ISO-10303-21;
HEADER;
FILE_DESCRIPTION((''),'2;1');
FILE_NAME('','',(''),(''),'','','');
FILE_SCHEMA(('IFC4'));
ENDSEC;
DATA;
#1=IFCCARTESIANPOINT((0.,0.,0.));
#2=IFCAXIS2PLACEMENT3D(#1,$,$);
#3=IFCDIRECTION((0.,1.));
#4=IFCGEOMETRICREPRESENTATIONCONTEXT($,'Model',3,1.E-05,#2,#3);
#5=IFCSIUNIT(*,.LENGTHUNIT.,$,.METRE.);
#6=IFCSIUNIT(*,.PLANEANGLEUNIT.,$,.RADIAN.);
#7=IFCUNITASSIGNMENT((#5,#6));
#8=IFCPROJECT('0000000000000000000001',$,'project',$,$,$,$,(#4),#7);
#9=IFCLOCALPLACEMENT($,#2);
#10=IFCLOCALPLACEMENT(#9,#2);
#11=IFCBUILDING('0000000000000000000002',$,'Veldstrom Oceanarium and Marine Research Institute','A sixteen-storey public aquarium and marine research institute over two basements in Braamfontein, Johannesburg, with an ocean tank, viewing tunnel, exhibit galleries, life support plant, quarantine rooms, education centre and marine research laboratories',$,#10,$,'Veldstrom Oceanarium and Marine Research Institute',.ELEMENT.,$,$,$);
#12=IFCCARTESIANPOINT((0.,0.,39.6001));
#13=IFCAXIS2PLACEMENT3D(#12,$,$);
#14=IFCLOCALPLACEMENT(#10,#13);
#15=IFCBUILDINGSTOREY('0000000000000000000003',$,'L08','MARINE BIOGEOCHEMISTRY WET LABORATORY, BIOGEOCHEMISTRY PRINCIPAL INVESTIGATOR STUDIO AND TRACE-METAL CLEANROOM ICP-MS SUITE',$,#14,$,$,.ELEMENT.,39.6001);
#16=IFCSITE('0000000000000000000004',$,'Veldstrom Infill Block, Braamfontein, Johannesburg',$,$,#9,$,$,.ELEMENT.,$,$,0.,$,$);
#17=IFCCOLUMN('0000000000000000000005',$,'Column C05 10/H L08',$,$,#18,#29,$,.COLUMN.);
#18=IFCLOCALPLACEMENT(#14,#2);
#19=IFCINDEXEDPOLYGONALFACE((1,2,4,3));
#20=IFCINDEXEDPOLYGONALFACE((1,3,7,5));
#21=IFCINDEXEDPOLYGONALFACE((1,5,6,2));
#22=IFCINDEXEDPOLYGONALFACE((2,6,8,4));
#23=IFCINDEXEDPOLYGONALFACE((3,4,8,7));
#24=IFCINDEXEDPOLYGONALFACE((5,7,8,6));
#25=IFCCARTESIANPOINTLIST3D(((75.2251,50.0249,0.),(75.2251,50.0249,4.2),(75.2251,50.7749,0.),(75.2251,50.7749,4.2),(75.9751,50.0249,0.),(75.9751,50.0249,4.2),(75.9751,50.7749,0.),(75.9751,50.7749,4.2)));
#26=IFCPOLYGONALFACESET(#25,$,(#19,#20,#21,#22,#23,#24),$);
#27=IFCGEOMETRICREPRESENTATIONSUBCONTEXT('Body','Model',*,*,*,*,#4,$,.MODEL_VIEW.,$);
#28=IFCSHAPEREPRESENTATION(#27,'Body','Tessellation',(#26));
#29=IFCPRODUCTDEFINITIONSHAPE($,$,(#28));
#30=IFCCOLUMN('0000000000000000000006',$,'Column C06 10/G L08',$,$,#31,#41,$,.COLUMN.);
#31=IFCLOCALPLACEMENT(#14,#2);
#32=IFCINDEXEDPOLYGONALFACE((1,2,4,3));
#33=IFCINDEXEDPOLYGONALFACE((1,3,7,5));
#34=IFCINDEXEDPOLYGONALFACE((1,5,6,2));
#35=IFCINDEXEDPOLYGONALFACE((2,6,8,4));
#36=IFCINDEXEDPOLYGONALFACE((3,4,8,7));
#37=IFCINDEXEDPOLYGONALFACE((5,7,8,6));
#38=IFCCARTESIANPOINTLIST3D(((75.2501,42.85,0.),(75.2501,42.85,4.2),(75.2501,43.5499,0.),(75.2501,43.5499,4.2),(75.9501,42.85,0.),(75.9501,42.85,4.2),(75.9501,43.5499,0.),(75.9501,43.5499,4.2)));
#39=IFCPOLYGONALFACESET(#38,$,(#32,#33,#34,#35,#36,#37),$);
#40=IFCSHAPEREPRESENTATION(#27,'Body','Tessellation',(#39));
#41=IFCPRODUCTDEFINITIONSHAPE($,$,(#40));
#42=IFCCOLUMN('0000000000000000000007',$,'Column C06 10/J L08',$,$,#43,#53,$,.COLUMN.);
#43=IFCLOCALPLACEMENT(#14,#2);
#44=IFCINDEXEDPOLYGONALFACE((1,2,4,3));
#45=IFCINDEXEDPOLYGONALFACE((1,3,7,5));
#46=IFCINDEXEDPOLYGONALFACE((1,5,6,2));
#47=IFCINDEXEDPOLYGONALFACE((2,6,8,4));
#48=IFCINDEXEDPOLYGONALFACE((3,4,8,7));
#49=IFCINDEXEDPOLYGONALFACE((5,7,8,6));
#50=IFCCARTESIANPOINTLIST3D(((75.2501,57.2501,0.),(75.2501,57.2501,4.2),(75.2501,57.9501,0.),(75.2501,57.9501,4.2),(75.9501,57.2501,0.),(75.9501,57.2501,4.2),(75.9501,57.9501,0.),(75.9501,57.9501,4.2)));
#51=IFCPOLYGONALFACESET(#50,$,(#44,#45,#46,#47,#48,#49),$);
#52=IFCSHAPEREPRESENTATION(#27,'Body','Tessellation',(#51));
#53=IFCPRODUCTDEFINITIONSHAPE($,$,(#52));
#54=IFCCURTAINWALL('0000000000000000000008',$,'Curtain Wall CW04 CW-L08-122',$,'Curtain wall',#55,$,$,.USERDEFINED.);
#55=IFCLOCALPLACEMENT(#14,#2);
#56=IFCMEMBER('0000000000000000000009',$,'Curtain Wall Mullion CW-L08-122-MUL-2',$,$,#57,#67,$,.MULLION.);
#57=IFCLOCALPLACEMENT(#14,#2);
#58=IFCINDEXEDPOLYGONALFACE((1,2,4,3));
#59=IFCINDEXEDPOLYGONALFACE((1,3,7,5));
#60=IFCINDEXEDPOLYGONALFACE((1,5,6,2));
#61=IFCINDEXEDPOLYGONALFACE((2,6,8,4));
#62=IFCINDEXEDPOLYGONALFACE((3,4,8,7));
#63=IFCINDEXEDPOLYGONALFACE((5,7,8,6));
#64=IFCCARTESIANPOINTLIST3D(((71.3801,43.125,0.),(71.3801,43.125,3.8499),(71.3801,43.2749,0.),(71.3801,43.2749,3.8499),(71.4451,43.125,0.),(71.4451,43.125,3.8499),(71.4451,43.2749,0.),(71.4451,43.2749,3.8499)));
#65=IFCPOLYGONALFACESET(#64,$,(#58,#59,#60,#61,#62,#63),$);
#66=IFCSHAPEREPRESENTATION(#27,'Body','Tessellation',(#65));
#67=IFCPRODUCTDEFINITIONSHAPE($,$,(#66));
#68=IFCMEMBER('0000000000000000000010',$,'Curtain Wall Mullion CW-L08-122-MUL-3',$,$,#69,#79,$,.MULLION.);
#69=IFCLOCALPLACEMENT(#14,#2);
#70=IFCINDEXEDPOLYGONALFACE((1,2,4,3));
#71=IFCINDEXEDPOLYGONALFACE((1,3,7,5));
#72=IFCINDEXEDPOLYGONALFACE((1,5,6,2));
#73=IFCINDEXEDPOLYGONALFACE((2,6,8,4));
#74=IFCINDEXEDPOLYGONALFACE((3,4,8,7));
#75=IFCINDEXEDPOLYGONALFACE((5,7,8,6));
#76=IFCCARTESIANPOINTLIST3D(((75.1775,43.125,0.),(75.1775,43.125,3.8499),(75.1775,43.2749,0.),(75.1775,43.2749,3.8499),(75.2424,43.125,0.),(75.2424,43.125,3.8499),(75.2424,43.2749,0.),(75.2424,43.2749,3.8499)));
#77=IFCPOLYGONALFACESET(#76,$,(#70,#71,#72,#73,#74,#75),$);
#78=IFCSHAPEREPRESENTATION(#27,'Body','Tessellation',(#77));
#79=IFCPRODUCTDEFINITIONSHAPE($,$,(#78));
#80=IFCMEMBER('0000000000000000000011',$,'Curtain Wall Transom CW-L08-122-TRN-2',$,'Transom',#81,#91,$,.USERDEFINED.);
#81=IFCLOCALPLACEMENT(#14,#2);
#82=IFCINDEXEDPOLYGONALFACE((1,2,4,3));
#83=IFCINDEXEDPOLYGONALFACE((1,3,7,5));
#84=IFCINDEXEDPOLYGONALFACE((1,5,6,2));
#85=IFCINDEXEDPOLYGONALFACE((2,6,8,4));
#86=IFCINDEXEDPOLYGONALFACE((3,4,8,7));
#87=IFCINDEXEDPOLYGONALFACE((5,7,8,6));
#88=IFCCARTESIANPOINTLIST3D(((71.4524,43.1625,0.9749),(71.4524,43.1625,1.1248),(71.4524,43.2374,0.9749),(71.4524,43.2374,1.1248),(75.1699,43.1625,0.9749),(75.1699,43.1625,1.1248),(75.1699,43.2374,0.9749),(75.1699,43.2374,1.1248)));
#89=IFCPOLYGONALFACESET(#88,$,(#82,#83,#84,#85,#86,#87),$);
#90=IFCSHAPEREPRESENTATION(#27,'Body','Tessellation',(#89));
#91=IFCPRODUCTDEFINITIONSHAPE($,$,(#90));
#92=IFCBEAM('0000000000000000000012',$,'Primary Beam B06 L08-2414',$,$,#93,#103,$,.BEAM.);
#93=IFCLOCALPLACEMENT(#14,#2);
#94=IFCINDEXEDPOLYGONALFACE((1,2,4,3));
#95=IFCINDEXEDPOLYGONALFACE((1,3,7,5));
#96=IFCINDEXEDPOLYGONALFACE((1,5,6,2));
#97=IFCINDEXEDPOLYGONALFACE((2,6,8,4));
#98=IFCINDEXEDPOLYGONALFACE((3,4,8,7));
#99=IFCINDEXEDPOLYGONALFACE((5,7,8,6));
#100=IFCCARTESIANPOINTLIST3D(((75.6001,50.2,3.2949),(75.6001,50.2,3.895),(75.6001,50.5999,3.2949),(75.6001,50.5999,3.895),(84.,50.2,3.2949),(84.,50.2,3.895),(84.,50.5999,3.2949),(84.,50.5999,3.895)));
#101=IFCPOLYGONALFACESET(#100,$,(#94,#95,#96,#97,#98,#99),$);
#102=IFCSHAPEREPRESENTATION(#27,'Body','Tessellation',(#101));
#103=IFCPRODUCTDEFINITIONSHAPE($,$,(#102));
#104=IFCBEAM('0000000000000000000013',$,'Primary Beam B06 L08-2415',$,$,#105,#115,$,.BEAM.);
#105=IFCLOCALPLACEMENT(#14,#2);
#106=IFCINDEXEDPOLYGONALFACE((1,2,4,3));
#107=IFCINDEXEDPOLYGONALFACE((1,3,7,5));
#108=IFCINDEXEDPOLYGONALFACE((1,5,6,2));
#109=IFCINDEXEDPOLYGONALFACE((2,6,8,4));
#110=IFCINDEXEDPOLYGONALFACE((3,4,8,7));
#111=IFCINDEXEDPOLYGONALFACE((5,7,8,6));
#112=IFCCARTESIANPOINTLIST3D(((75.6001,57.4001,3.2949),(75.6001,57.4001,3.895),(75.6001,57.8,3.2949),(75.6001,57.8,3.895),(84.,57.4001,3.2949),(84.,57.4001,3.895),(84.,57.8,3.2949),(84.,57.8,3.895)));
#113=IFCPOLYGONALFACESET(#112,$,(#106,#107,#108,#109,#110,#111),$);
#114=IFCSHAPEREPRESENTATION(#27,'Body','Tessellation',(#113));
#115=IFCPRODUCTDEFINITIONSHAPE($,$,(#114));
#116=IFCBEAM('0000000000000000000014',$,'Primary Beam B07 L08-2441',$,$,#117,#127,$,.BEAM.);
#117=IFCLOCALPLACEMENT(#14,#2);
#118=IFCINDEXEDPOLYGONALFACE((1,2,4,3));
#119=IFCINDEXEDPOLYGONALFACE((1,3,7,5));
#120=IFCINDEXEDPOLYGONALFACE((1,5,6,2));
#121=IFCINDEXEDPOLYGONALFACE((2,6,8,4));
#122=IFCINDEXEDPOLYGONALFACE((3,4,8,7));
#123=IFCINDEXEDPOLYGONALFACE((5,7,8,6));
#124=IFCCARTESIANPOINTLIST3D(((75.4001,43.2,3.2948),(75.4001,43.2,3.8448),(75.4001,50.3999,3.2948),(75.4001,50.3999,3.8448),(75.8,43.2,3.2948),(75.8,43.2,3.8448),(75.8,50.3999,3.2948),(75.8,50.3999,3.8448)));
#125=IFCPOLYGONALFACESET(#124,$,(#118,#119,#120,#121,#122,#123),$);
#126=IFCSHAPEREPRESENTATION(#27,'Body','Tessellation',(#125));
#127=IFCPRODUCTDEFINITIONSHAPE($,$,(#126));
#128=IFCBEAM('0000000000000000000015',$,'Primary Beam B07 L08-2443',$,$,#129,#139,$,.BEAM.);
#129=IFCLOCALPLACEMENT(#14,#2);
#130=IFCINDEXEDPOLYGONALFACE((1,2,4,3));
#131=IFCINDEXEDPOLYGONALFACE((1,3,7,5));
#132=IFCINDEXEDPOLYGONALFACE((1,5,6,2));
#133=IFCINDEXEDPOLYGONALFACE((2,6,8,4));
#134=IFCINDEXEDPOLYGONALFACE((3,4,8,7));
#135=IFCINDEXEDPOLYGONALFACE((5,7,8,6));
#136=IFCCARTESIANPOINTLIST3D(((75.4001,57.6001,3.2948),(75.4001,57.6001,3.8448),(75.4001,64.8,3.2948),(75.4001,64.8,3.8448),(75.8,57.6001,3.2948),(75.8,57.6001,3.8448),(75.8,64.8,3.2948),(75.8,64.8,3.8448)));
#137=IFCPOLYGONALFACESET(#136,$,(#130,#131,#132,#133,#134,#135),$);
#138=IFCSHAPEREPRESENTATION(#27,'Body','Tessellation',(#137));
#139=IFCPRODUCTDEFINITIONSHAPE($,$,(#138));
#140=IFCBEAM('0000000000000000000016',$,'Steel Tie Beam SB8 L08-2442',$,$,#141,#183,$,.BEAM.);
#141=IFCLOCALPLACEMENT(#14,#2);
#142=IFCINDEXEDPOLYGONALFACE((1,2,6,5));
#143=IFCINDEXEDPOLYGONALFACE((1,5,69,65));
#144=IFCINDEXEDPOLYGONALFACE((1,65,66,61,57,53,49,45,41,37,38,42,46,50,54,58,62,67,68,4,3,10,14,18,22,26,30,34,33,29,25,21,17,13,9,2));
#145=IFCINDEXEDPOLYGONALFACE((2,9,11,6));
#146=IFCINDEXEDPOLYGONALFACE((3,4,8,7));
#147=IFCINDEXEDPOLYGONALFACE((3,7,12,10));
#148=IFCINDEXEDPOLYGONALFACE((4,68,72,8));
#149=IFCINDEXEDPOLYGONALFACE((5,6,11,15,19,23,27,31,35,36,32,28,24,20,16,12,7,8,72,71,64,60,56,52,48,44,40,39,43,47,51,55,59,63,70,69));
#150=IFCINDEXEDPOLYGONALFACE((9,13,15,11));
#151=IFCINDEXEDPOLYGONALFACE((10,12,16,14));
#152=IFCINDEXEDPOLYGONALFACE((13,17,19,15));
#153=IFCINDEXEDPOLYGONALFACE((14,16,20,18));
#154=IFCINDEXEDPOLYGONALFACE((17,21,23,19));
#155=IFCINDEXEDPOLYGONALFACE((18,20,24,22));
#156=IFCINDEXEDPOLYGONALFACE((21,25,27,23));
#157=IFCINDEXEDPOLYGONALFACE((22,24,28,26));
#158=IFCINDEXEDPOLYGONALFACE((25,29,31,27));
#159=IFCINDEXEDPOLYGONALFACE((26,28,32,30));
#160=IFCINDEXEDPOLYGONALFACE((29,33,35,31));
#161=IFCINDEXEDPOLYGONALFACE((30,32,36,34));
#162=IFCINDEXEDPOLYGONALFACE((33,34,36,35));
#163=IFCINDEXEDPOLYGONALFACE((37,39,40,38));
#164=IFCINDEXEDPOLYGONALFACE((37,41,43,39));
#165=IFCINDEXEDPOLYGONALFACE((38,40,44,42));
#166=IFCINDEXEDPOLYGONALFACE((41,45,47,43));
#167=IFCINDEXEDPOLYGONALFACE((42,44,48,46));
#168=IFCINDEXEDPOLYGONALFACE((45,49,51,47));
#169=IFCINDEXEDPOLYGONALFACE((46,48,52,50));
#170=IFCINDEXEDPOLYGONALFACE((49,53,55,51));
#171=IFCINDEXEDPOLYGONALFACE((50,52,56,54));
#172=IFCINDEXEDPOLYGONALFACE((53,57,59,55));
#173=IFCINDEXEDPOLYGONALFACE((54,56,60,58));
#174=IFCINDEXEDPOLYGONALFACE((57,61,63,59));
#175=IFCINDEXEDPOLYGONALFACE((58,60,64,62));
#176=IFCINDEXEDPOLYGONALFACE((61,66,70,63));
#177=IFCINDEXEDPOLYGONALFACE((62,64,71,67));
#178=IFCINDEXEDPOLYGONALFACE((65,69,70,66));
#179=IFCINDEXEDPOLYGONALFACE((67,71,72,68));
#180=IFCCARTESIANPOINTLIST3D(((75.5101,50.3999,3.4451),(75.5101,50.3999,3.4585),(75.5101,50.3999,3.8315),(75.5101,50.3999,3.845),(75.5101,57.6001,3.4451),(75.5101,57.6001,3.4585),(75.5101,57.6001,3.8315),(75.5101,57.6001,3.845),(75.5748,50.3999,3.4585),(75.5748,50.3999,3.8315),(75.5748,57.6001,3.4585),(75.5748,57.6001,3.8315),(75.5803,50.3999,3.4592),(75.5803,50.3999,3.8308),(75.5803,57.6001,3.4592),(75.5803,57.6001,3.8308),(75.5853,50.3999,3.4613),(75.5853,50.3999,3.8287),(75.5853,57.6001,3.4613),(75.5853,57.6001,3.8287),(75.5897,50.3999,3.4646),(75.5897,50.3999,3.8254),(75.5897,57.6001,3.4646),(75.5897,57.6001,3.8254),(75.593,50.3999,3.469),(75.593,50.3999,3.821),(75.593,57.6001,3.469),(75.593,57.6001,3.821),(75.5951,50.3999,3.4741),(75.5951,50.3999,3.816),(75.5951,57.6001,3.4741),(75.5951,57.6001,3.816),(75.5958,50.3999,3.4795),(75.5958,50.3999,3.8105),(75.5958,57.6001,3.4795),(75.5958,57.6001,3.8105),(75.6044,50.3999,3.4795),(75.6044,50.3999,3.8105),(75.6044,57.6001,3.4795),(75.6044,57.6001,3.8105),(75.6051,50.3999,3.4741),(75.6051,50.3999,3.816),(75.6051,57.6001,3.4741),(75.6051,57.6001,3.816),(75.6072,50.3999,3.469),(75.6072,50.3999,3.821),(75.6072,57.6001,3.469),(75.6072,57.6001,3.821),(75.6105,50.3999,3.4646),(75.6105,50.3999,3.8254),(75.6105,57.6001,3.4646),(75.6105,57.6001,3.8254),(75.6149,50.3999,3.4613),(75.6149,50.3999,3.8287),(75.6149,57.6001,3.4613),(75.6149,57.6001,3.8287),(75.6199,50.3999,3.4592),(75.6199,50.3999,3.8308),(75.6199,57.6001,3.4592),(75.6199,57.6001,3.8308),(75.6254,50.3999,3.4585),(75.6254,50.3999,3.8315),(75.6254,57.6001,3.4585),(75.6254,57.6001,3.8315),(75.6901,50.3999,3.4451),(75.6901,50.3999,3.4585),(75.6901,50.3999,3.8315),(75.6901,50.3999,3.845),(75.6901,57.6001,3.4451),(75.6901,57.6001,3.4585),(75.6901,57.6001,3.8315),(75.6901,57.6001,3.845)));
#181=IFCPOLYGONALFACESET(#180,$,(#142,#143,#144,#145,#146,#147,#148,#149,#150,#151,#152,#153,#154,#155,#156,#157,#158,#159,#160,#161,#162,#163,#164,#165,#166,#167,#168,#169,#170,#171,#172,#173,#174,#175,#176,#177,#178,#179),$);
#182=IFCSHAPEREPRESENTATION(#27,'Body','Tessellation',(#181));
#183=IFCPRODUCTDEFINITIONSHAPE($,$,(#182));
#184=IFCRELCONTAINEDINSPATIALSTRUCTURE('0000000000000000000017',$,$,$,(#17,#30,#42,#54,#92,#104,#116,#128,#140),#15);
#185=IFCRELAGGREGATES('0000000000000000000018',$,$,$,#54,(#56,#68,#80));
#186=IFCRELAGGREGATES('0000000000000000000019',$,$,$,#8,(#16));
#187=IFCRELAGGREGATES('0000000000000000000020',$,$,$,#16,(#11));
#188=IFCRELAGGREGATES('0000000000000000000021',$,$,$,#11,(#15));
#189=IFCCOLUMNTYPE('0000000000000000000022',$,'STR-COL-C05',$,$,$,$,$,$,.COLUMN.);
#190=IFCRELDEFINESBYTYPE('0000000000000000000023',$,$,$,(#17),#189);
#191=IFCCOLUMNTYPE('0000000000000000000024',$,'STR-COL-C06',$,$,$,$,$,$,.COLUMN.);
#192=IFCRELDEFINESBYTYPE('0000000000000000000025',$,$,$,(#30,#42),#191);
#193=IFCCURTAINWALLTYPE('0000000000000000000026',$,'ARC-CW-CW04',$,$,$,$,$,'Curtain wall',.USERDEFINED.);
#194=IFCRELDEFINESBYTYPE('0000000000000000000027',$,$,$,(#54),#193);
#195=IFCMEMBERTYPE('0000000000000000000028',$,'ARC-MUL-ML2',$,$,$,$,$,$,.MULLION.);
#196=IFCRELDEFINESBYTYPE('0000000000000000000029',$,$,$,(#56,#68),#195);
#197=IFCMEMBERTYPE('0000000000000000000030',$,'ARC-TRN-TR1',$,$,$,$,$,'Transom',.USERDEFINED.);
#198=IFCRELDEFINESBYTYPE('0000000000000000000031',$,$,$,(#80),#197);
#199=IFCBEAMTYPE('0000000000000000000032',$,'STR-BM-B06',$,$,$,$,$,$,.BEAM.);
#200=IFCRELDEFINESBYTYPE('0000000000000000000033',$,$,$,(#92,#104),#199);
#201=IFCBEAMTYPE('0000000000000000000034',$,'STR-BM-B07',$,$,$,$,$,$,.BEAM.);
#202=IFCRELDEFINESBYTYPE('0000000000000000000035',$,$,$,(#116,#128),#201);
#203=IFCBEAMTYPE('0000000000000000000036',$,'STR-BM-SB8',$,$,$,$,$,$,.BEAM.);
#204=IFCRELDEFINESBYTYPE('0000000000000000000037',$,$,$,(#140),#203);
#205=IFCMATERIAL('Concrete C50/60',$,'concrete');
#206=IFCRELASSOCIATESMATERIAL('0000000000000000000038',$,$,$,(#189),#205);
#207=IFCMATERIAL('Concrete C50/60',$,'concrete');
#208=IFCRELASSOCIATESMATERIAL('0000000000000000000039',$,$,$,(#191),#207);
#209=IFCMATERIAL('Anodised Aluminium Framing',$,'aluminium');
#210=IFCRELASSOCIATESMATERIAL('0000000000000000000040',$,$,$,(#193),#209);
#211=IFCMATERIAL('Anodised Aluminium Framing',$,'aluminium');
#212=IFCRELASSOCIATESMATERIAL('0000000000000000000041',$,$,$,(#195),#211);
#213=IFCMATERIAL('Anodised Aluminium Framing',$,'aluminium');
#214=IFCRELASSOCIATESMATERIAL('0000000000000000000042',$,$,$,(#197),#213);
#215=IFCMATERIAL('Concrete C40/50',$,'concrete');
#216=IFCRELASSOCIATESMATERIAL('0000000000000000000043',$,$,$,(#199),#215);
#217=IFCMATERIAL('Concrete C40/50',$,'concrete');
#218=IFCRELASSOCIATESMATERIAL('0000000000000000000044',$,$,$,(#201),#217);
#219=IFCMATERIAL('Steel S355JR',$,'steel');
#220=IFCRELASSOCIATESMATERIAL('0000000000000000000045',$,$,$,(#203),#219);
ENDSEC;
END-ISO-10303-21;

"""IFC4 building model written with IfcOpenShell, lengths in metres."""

from ifc_helpers import new_model, si_unit, direction, frame, origin, origin_2d, place, context, subcontext, project, spatial, rectangle, i_section, extrude, material, material_profile, profile_set, type_object, element, aggregate, save


model = new_model("IFC4")

# Units and contexts
model_context = context("Model", 3, precision=1e-05, world=origin(), true_north=direction((0.0, 1.0)))
body_context = subcontext(model_context, "Body", "Model", "MODEL_VIEW")
ifc_project = project(units=[si_unit("LENGTHUNIT", "METRE"), si_unit("PLANEANGLEUNIT", "RADIAN")], contexts=[model_context])

# Site, building, storey
site_placement = place(None, origin())
site = spatial("IfcSite", under=ifc_project, at=site_placement, Name="Veldstrom Infill Block, Braamfontein, Johannesburg", CompositionType="ELEMENT", RefElevation=0.0)
building_placement = place(site_placement, origin())
building = spatial("IfcBuilding", under=site, at=building_placement, Name="Veldstrom Oceanarium and Marine Research Institute", Description="A sixteen-storey public aquarium and marine research institute over two basements in Braamfontein, Johannesburg, with an ocean tank, viewing tunnel, exhibit galleries, life support plant, quarantine rooms, education centre and marine research laboratories", LongName="Veldstrom Oceanarium and Marine Research Institute", CompositionType="ELEMENT")
storey_placement = place(building_placement, frame((0.0, 0.0, 39.6001)))
storey = spatial("IfcBuildingStorey", under=building, at=storey_placement, Name="L08", Description="MARINE BIOGEOCHEMISTRY WET LABORATORY, BIOGEOCHEMISTRY PRINCIPAL INVESTIGATOR STUDIO AND TRACE-METAL CLEANROOM ICP-MS SUITE", CompositionType="ELEMENT", Elevation=39.6001)

# Columns
ifc_material_1 = material(Name="Concrete C50/60", Category="concrete")
ifc_material_profile_1 = material_profile(ifc_material_1, rectangle(XDim=0.75, YDim=0.75, at=origin_2d()), Name="RC-COL-750x750")
ifc_profile_set_1 = profile_set([ifc_material_profile_1], Name="Concrete C50/60")
column_type_1 = type_object("IfcColumnType", Name="STR-COL-C05", PredefinedType="COLUMN", material=ifc_profile_set_1)
column_placement = place(storey_placement, frame((75.6001, 50.3999, 0.0), z_axis=(0.0, 0.0, 1.0), x_axis=(1.0, 0.0, 0.0)))
element("IfcColumn", 1, at=column_placement, inside=storey, type_object=column_type_1, Name="Column C05 10/H L08", PredefinedType="COLUMN", context=body_context, shape_type="SweptSolid", body=[
    extrude(rectangle(XDim=0.75, YDim=0.75, at=origin_2d()), origin(), (0.0, 0.0, 1.0), 4.2),
])
ifc_material_2 = material(Name="Concrete C50/60", Category="concrete")
ifc_material_profile_2 = material_profile(ifc_material_2, rectangle(XDim=0.7, YDim=0.7, at=origin_2d()), Name="RC-COL-700x700")
ifc_profile_set_2 = profile_set([ifc_material_profile_2], Name="Concrete C50/60")
column_type_2 = type_object("IfcColumnType", Name="STR-COL-C06", PredefinedType="COLUMN", material=ifc_profile_set_2)
for number, where, z_axis, x_axis, name in (
    (2, (75.6001, 43.2, 0.0), (0.0, 0.0, 1.0), (1.0, 0.0, 0.0), "Column C06 10/G L08"),
    (3, (75.6001, 57.6001, 0.0), (0.0, 0.0, 1.0), (1.0, 0.0, 0.0), "Column C06 10/J L08"),
):
    element("IfcColumn", number, at=place(storey_placement, frame(where, z_axis=z_axis, x_axis=x_axis)), inside=storey, type_object=column_type_2, Name=name, PredefinedType="COLUMN", context=body_context, shape_type="SweptSolid", body=[
        extrude(rectangle(XDim=0.7, YDim=0.7, at=origin_2d()), origin(), (0.0, 0.0, 1.0), 4.2),
    ])

# Curtain wall, members
ifc_material_3 = material(Name="Anodised Aluminium Framing", Category="aluminium")
curtain_wall_type = type_object("IfcCurtainWallType", Name="ARC-CW-CW04", ElementType="Curtain wall", PredefinedType="USERDEFINED", material=ifc_material_3)
curtain_wall_placement = place(storey_placement, origin())
curtain_wall = element("IfcCurtainWall", 4, at=curtain_wall_placement, inside=storey, type_object=curtain_wall_type, Name="Curtain Wall CW04 CW-L08-122", ObjectType="Curtain wall", PredefinedType="USERDEFINED")
ifc_material_4 = material(Name="Anodised Aluminium Framing", Category="aluminium")
ifc_material_profile_3 = material_profile(ifc_material_4, rectangle(XDim=0.0649, YDim=0.1499, at=origin_2d()), Name="ALU-MUL-65x150")
ifc_profile_set_3 = profile_set([ifc_material_profile_3], Name="Anodised Aluminium Framing")
member_type_1 = type_object("IfcMemberType", Name="ARC-MUL-ML2", PredefinedType="MULLION", material=ifc_profile_set_3)
member_1_placement = place(storey_placement, frame((71.4126, 43.2, 0.0), z_axis=(0.0, 0.0, 1.0), x_axis=(1.0, 0.0, 0.0)))
member_1 = element("IfcMember", 5, at=member_1_placement, type_object=member_type_1, Name="Curtain Wall Mullion CW-L08-122-MUL-2", PredefinedType="MULLION", context=body_context, shape_type="SweptSolid", body=[
    extrude(rectangle(XDim=0.0649, YDim=0.1499, at=origin_2d()), origin(), (0.0, 0.0, 1.0), 3.8499),
])
member_2_placement = place(storey_placement, frame((75.21, 43.2, 0.0), z_axis=(0.0, 0.0, 1.0), x_axis=(1.0, 0.0, 0.0)))
member_2 = element("IfcMember", 6, at=member_2_placement, type_object=member_type_1, Name="Curtain Wall Mullion CW-L08-122-MUL-3", PredefinedType="MULLION", context=body_context, shape_type="SweptSolid", body=[
    extrude(rectangle(XDim=0.0649, YDim=0.1499, at=origin_2d()), origin(), (0.0, 0.0, 1.0), 3.8499),
])
ifc_material_5 = material(Name="Anodised Aluminium Framing", Category="aluminium")
ifc_material_profile_4 = material_profile(ifc_material_5, rectangle(XDim=0.075, YDim=0.1499, at=origin_2d()), Name="ALU-TRN-75x150")
ifc_profile_set_4 = profile_set([ifc_material_profile_4], Name="Anodised Aluminium Framing")
member_type_2 = type_object("IfcMemberType", Name="ARC-TRN-TR1", ElementType="Transom", PredefinedType="USERDEFINED", material=ifc_profile_set_4)
member_3_placement = place(storey_placement, frame((71.4524, 43.2, 1.0498), z_axis=(1.0, 0.0, 0.0), x_axis=(0.0, 1.0, 0.0)))
member_3 = element("IfcMember", 7, at=member_3_placement, type_object=member_type_2, Name="Curtain Wall Transom CW-L08-122-TRN-2", ObjectType="Transom", PredefinedType="USERDEFINED", context=body_context, shape_type="SweptSolid", body=[
    extrude(rectangle(XDim=0.075, YDim=0.1499, at=origin_2d()), origin(), (0.0, 0.0, 1.0), 3.7175),
])

# Beams
ifc_material_6 = material(Name="Concrete C40/50", Category="concrete")
ifc_material_profile_5 = material_profile(ifc_material_6, rectangle(XDim=0.3999, YDim=0.6001, at=origin_2d()), Name="RC-BM-400x600")
ifc_profile_set_5 = profile_set([ifc_material_profile_5], Name="Concrete C40/50")
beam_type_1 = type_object("IfcBeamType", Name="STR-BM-B06", PredefinedType="BEAM", material=ifc_profile_set_5)
for number, where, z_axis, x_axis, name in (
    (8, (75.6001, 50.3999, 3.595), (1.0, 0.0, 0.0), (0.0, 1.0, 0.0), "Primary Beam B06 L08-2414"),
    (9, (75.6001, 57.6001, 3.595), (1.0, 0.0, 0.0), (0.0, 1.0, 0.0), "Primary Beam B06 L08-2415"),
):
    element("IfcBeam", number, at=place(storey_placement, frame(where, z_axis=z_axis, x_axis=x_axis)), inside=storey, type_object=beam_type_1, Name=name, PredefinedType="BEAM", context=body_context, shape_type="SweptSolid", body=[
        extrude(rectangle(XDim=0.3999, YDim=0.6001, at=origin_2d()), origin(), (0.0, 0.0, 1.0), 8.3999),
    ])
ifc_material_7 = material(Name="Concrete C40/50", Category="concrete")
ifc_material_profile_6 = material_profile(ifc_material_7, rectangle(XDim=0.3999, YDim=0.55, at=origin_2d()), Name="RC-BM-400x550")
ifc_profile_set_6 = profile_set([ifc_material_profile_6], Name="Concrete C40/50")
beam_type_2 = type_object("IfcBeamType", Name="STR-BM-B07", PredefinedType="BEAM", material=ifc_profile_set_6)
for number, where, z_axis, x_axis, name in (
    (10, (75.6001, 43.2, 3.5698), (0.0, 1.0, 0.0), (-1.0, 0.0, 0.0), "Primary Beam B07 L08-2441"),
    (11, (75.6001, 57.6001, 3.5698), (0.0, 1.0, 0.0), (-1.0, 0.0, 0.0), "Primary Beam B07 L08-2443"),
):
    element("IfcBeam", number, at=place(storey_placement, frame(where, z_axis=z_axis, x_axis=x_axis)), inside=storey, type_object=beam_type_2, Name=name, PredefinedType="BEAM", context=body_context, shape_type="SweptSolid", body=[
        extrude(rectangle(XDim=0.3999, YDim=0.55, at=origin_2d()), origin(), (0.0, 0.0, 1.0), 7.2),
    ])
ifc_material_8 = material(Name="Steel S355JR", Category="steel")
ifc_material_profile_7 = material_profile(ifc_material_8, i_section(OverallWidth=0.1799, OverallDepth=0.3999, WebThickness=0.0085, FlangeThickness=0.0134, FilletRadius=0.021, at=origin_2d()), Name="IPE 400")
ifc_profile_set_7 = profile_set([ifc_material_profile_7], Name="Steel S355JR")
beam_type_3 = type_object("IfcBeamType", Name="STR-BM-SB8", PredefinedType="BEAM", material=ifc_profile_set_7)
beam_1_placement = place(storey_placement, frame((75.6001, 50.3999, 3.645), z_axis=(0.0, 1.0, 0.0), x_axis=(-1.0, 0.0, 0.0)))
element("IfcBeam", 12, at=beam_1_placement, inside=storey, type_object=beam_type_3, Name="Steel Tie Beam SB8 L08-2442", PredefinedType="BEAM", context=body_context, shape_type="SweptSolid", body=[
    extrude(i_section(OverallWidth=0.1799, OverallDepth=0.3999, WebThickness=0.0085, FlangeThickness=0.0134, FilletRadius=0.021, at=origin_2d()), origin(), (0.0, 0.0, 1.0), 7.2002),
])

aggregate(curtain_wall, [member_1, member_2, member_3])

save(model, "model.ifc")
